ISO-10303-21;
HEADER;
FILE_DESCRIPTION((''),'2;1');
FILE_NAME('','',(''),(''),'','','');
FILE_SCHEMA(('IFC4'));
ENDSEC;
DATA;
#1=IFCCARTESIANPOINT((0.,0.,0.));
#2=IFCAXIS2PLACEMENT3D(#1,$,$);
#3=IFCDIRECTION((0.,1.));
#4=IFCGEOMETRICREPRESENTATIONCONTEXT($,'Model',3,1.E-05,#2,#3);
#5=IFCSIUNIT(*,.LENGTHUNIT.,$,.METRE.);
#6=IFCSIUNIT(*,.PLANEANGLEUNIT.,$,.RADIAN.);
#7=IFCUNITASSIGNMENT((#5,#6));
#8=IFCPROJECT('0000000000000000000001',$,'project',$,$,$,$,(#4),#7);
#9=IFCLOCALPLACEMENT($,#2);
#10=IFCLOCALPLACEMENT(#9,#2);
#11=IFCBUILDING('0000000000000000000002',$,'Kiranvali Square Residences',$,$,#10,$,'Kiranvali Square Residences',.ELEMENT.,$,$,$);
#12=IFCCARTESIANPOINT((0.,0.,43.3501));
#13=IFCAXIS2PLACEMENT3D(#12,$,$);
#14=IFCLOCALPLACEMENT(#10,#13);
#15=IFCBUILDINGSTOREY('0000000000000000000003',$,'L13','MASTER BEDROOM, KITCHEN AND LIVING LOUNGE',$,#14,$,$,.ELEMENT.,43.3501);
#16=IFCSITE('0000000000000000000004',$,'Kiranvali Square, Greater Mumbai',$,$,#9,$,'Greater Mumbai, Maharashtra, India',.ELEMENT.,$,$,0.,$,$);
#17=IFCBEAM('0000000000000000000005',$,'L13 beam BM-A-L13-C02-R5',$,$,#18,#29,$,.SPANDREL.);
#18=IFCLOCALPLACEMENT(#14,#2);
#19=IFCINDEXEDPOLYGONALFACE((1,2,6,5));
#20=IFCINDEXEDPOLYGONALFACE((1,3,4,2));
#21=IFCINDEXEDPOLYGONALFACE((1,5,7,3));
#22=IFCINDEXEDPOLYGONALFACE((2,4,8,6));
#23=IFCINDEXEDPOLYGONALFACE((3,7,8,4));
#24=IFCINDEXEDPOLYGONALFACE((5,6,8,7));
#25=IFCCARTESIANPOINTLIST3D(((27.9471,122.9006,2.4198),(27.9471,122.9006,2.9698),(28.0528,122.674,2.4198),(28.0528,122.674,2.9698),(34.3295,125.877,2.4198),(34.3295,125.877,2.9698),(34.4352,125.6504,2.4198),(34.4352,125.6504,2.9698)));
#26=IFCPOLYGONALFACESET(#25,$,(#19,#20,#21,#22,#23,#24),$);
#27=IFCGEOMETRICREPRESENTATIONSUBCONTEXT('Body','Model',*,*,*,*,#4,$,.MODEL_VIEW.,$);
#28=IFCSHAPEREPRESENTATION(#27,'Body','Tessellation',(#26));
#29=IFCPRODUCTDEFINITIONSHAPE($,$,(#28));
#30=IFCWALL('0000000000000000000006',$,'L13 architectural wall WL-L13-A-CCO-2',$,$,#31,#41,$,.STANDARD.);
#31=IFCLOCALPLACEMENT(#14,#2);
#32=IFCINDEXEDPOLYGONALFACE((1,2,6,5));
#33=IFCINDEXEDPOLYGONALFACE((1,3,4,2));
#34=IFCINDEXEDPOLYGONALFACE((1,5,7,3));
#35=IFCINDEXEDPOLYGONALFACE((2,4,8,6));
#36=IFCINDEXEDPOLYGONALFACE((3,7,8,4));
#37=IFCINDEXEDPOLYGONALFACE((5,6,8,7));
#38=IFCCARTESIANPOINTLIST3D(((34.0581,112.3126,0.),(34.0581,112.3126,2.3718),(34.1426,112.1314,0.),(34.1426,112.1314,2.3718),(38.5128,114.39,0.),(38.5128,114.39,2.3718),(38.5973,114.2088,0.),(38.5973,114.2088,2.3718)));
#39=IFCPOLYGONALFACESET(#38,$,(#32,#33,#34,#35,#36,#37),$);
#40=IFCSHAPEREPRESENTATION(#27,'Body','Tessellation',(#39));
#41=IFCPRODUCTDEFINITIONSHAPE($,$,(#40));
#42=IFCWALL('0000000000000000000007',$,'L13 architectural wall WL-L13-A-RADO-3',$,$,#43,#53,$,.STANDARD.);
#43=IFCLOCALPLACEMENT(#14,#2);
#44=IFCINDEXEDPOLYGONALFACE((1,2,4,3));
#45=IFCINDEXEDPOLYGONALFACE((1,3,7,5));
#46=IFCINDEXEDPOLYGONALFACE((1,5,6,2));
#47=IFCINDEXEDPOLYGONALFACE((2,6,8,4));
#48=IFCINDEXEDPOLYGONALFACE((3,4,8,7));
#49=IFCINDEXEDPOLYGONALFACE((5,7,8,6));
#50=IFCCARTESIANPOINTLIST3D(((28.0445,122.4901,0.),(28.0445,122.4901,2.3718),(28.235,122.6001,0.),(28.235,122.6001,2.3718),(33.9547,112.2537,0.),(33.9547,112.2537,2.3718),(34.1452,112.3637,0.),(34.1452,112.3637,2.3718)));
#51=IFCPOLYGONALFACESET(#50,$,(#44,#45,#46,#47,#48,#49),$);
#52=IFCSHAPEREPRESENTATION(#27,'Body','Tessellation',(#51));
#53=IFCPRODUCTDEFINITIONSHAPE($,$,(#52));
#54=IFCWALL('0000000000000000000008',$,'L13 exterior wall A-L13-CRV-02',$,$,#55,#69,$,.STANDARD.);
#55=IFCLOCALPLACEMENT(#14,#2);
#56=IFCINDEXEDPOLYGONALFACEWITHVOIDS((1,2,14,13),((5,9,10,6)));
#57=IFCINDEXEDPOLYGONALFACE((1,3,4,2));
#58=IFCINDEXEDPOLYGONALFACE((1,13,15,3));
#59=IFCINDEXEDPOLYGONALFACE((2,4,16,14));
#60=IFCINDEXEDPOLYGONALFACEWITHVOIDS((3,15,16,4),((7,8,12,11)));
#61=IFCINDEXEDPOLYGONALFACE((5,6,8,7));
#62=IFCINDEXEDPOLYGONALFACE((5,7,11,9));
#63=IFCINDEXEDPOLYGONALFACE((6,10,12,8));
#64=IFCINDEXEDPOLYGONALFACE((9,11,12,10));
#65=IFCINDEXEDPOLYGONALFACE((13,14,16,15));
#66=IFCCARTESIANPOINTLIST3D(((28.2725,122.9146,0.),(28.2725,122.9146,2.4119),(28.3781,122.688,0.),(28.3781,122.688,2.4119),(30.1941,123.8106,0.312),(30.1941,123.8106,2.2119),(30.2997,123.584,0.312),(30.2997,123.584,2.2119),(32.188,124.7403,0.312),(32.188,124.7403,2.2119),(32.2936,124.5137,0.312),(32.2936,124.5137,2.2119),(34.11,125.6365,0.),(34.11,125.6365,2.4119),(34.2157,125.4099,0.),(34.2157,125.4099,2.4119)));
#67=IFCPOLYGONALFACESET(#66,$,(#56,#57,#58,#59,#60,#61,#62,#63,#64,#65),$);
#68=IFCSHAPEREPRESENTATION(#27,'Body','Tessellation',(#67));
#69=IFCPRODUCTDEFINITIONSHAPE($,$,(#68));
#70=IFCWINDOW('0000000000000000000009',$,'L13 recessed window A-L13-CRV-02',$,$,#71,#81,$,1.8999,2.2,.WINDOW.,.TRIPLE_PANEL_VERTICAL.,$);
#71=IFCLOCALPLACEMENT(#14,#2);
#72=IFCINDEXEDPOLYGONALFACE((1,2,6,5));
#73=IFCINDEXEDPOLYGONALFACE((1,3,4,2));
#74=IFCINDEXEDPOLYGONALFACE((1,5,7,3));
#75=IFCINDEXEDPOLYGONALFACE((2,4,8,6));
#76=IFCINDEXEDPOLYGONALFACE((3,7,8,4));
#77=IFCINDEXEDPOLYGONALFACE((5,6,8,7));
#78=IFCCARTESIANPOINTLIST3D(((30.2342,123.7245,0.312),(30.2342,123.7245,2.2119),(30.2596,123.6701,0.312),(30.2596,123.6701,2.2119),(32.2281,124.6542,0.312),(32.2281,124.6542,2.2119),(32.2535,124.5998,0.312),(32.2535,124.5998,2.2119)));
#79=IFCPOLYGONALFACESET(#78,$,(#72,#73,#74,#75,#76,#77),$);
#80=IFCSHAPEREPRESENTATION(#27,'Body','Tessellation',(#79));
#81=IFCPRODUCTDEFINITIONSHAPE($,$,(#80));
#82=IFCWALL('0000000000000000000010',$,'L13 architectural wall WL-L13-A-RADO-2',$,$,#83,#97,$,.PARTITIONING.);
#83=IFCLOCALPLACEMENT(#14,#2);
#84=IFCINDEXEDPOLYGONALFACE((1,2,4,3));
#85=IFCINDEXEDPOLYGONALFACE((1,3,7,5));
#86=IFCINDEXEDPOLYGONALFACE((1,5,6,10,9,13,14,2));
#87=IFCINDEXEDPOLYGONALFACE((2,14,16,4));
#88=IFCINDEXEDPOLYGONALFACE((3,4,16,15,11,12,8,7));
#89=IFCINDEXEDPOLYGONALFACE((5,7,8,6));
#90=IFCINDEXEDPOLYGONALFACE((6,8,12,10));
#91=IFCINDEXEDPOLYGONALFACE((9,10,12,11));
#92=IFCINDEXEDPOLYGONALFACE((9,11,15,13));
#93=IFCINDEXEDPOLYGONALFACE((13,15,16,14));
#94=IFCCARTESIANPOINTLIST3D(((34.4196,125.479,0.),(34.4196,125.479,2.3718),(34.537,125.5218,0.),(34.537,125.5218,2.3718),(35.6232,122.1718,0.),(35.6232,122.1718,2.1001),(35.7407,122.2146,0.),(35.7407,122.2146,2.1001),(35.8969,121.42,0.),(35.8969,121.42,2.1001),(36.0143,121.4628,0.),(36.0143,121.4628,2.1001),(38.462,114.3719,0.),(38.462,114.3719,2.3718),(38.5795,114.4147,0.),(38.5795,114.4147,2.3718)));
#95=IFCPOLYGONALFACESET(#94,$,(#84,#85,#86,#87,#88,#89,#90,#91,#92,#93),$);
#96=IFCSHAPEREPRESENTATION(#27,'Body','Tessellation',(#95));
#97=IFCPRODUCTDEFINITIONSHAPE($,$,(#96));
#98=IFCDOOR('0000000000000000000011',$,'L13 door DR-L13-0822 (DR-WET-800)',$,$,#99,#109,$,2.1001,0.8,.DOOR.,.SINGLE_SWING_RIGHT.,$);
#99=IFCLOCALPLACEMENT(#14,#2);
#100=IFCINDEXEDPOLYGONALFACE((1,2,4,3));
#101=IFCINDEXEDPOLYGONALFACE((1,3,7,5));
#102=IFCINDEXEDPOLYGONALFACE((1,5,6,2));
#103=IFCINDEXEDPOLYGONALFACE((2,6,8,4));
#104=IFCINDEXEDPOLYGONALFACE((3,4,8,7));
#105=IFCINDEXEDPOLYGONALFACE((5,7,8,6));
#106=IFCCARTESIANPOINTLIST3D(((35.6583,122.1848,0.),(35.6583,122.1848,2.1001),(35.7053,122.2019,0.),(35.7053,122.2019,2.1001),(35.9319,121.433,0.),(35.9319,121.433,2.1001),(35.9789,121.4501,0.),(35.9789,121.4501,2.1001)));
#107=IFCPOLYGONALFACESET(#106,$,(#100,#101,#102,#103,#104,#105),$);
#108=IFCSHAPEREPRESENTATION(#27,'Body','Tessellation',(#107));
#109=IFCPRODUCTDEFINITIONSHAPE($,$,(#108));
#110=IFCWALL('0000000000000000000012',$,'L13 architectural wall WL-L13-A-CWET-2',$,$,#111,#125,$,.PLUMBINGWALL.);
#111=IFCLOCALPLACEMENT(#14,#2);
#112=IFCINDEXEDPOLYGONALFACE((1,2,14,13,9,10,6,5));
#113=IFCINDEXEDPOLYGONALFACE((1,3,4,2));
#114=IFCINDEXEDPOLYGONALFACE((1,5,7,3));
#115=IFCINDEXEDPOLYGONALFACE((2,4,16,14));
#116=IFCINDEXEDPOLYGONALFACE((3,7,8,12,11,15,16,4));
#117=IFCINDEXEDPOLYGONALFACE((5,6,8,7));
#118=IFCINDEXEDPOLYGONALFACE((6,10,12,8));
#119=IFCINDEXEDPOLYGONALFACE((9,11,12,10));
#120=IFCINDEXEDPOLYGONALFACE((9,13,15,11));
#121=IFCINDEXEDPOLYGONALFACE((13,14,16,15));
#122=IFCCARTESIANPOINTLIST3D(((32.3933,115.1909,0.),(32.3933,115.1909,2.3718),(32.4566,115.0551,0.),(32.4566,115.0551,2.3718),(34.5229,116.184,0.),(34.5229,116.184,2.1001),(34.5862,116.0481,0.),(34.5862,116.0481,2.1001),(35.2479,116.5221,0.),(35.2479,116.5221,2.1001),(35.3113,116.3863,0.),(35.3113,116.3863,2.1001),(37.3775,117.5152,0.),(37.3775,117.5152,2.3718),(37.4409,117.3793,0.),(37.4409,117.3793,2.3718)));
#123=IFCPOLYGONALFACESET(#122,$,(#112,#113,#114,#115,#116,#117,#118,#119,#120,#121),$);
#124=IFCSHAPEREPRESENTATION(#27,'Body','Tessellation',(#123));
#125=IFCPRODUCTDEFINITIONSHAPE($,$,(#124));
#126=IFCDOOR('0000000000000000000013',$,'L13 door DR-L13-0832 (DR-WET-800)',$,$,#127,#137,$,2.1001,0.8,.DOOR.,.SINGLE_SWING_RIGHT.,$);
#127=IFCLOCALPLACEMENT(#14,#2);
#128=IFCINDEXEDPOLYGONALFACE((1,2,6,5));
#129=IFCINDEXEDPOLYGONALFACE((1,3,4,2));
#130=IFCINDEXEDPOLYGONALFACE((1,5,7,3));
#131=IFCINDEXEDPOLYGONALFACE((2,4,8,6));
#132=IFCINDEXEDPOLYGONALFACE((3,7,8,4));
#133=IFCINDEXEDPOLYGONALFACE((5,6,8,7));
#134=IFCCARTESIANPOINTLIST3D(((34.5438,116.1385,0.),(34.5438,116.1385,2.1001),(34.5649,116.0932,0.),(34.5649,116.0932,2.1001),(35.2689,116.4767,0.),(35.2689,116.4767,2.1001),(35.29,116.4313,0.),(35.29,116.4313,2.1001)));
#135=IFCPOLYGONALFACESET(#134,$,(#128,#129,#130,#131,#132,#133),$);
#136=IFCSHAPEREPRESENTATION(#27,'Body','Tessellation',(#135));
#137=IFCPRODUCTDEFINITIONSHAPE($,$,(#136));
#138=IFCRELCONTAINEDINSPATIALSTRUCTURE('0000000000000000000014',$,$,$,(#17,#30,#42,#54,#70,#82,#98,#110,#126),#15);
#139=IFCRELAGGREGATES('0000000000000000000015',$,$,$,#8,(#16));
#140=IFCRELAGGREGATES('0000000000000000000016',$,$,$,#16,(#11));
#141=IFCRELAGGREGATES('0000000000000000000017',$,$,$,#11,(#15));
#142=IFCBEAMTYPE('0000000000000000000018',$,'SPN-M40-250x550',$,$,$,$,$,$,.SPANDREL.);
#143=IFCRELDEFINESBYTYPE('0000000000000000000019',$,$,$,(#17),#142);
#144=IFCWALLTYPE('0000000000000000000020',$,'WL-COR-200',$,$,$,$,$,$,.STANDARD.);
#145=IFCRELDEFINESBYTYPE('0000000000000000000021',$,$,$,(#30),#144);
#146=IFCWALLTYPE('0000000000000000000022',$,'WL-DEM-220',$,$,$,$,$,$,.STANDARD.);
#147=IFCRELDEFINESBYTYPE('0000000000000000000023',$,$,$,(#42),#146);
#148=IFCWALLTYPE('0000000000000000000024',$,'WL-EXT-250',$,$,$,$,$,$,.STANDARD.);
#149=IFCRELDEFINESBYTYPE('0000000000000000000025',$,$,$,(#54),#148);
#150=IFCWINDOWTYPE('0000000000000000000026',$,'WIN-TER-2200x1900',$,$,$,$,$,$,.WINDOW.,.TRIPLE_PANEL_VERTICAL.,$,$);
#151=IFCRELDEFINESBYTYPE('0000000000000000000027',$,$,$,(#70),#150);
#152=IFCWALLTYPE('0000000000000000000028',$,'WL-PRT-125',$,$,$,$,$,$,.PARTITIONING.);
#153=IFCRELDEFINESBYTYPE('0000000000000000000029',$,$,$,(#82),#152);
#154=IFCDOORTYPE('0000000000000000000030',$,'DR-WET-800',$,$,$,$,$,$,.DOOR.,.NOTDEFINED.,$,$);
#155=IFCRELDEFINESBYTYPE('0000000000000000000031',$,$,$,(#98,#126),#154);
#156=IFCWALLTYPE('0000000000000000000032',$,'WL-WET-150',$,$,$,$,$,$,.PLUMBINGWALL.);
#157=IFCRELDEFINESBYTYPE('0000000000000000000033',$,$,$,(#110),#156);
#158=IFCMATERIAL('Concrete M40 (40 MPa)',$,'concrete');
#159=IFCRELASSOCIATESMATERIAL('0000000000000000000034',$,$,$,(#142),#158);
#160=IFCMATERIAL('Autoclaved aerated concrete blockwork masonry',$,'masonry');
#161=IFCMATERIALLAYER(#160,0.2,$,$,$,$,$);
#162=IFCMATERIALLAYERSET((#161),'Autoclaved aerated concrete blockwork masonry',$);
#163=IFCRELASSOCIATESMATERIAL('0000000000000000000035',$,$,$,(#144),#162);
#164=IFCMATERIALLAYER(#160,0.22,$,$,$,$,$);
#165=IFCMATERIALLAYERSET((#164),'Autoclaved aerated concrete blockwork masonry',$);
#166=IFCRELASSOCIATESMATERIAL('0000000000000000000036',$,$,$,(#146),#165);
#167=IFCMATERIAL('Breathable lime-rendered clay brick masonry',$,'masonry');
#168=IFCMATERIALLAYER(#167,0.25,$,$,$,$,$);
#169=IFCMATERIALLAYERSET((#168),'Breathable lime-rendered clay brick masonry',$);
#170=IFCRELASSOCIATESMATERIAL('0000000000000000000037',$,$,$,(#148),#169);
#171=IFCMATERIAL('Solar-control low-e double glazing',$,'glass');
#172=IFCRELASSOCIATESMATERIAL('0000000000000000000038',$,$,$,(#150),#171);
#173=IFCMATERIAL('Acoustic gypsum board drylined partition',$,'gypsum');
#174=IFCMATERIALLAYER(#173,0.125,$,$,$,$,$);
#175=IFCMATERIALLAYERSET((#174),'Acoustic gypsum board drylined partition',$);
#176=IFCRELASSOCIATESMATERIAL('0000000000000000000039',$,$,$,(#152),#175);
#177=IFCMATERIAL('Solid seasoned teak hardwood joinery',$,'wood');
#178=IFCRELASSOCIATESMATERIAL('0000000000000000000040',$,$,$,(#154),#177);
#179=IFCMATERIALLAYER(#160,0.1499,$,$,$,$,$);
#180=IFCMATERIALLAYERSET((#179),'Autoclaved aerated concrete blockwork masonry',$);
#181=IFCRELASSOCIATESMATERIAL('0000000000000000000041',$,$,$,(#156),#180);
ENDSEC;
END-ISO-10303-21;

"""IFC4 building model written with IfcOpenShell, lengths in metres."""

from ifc_helpers import new_model, si_unit, direction, frame, frame_2d, origin, origin_2d, place, context, subcontext, project, spatial, rectangle, extrude, material, layer, layer_set, material_profile, profile_set, type_object, element, fill, save


model = new_model("IFC4")

# Units and contexts
model_context = context("Model", 3, precision=1e-05, world=origin(), true_north=direction((0.0, 1.0)))
body_context = subcontext(model_context, "Body", "Model", "MODEL_VIEW")
ifc_project = project(units=[si_unit("LENGTHUNIT", "METRE"), si_unit("PLANEANGLEUNIT", "RADIAN")], contexts=[model_context])

# Site, building, storey
site_placement = place(None, origin())
site = spatial("IfcSite", under=ifc_project, at=site_placement, Name="Kiranvali Square, Greater Mumbai", LongName="Greater Mumbai, Maharashtra, India", CompositionType="ELEMENT", RefElevation=0.0)
building_placement = place(site_placement, origin())
building = spatial("IfcBuilding", under=site, at=building_placement, Name="Kiranvali Square Residences", LongName="Kiranvali Square Residences", CompositionType="ELEMENT")
storey_placement = place(building_placement, frame((0.0, 0.0, 43.3501)))
storey = spatial("IfcBuildingStorey", under=building, at=storey_placement, Name="L13", Description="MASTER BEDROOM, KITCHEN AND LIVING LOUNGE", CompositionType="ELEMENT", Elevation=43.3501)

# Shared definitions
ifc_material_1 = material(Name="Concrete M40 (40 MPa)", Category="concrete")

# Beam
ifc_material_profile_1 = material_profile(ifc_material_1, rectangle(XDim=0.25, YDim=0.55, at=origin_2d()), Name="RC 250x550")
ifc_profile_set_1 = profile_set([ifc_material_profile_1], Name="Concrete M40 (40 MPa)")
beam_type_1 = type_object("IfcBeamType", Name="SPN-M40-250x550", PredefinedType="SPANDREL", material=ifc_profile_set_1)
beam_1_placement = place(storey_placement, frame((34.3823, 125.7637, 2.6948), z_axis=(-0.906297, -0.422641, 0.0), x_axis=(0.422641, -0.906297, 0.0)))
element("IfcBeam", 1, at=beam_1_placement, inside=storey, type_object=beam_type_1, Name="L13 beam BM-A-L13-C02-R5", PredefinedType="SPANDREL", context=body_context, shape_type="SweptSolid", body=[
    extrude(rectangle(XDim=0.25, YDim=0.55, at=origin_2d()), origin(), (0.0, 0.0, 1.0), 7.0422),
])

# Wall
ifc_material_2 = material(Name="Autoclaved aerated concrete blockwork masonry", Category="masonry")
ifc_layer_1 = layer(ifc_material_2, 0.2)
ifc_layer_set_1 = layer_set([ifc_layer_1], Name="Autoclaved aerated concrete blockwork masonry")
wall_type_1 = type_object("IfcWallType", Name="WL-COR-200", PredefinedType="STANDARD", material=ifc_layer_set_1)
wall_1_placement = place(storey_placement, frame((38.5549, 114.2993, 0.0), z_axis=(0.0, 0.0, 1.0), x_axis=(-0.906302, -0.42263, 0.0)))
element("IfcWall", 2, at=wall_1_placement, inside=storey, type_object=wall_type_1, Name="L13 architectural wall WL-L13-A-CCO-2", PredefinedType="STANDARD", context=body_context, shape_type="SweptSolid", body=[
    extrude(rectangle(XDim=4.9153, YDim=0.2, at=frame_2d((2.4575, 0.0))), origin(), (0.0, 0.0, 1.0), 2.3718),
])

# Wall
ifc_layer_2 = layer(ifc_material_2, 0.22)
ifc_layer_set_2 = layer_set([ifc_layer_2], Name="Autoclaved aerated concrete blockwork masonry")
wall_type_2 = type_object("IfcWallType", Name="WL-DEM-220", PredefinedType="STANDARD", material=ifc_layer_set_2)
wall_2_placement = place(storey_placement, frame((34.05, 112.3086, 0.0), z_axis=(0.0, 0.0, 1.0), x_axis=(-0.500013, 0.866018, 0.0)))
element("IfcWall", 3, at=wall_2_placement, inside=storey, type_object=wall_type_2, Name="L13 architectural wall WL-L13-A-RADO-3", PredefinedType="STANDARD", context=body_context, shape_type="SweptSolid", body=[
    extrude(rectangle(XDim=11.8201, YDim=0.22, at=frame_2d((5.9102, 0.0))), origin(), (0.0, 0.0, 1.0), 2.3718),
])

# Wall, opening, window
ifc_material_3 = material(Name="Breathable lime-rendered clay brick masonry", Category="masonry")
ifc_layer_3 = layer(ifc_material_3, 0.25)
ifc_layer_set_3 = layer_set([ifc_layer_3], Name="Breathable lime-rendered clay brick masonry")
wall_type_3 = type_object("IfcWallType", Name="WL-EXT-250", PredefinedType="STANDARD", material=ifc_layer_set_3)
wall_3_placement = place(storey_placement, frame((34.1628, 125.5232, 0.0), z_axis=(0.0, 0.0, 1.0), x_axis=(-0.906321, -0.422591, 0.0)))
wall_3 = element("IfcWall", 4, at=wall_3_placement, inside=storey, type_object=wall_type_3, Name="L13 exterior wall A-L13-CRV-02", PredefinedType="STANDARD", context=body_context, shape_type="SweptSolid", body=[
    extrude(rectangle(XDim=6.4409, YDim=0.25, at=frame_2d((3.2205, 0.0))), origin(), (0.0, 0.0, 1.0), 2.4119),
])
opening_1_placement = place(wall_3_placement, frame((2.1206, 0.0, 0.312)))
opening_1 = element("IfcOpeningElement", 5, at=opening_1_placement, cuts=wall_3, PredefinedType="OPENING", context=body_context, shape_type="SweptSolid", body=[
    extrude(rectangle(XDim=2.2, YDim=1.8999, at=frame_2d((1.1001, 0.95))), frame((0.0, 0.135, 0.0), z_axis=(0.0, -1.0, 0.0), x_axis=(1.0, 0.0, 0.0)), (0.0, 0.0, 1.0), 0.27),
])
ifc_material_4 = material(Name="Solar-control low-e double glazing", Category="glass")
window_type = type_object("IfcWindowType", Name="WIN-TER-2200x1900", PartitioningType="TRIPLE_PANEL_VERTICAL", PredefinedType="WINDOW", material=ifc_material_4)
window_placement = place(opening_1_placement, origin())
window = element("IfcWindow", 6, at=window_placement, inside=storey, type_object=window_type, Name="L13 recessed window A-L13-CRV-02", OverallHeight=1.8999, OverallWidth=2.2, PartitioningType="TRIPLE_PANEL_VERTICAL", PredefinedType="WINDOW", context=body_context, shape_type="SweptSolid", body=[
    extrude(rectangle(XDim=2.2, YDim=1.8999, at=frame_2d((1.1001, 0.95))), frame((0.0, 0.03, 0.0), z_axis=(0.0, -1.0, 0.0), x_axis=(1.0, 0.0, 0.0)), (0.0, 0.0, 1.0), 0.0601),
])
fill(opening_1, window)

# Walls, openings, doors
ifc_material_5 = material(Name="Acoustic gypsum board drylined partition", Category="gypsum")
ifc_layer_4 = layer(ifc_material_5, 0.125)
ifc_layer_set_4 = layer_set([ifc_layer_4], Name="Acoustic gypsum board drylined partition")
wall_type_4 = type_object("IfcWallType", Name="WL-PRT-125", PredefinedType="PARTITIONING", material=ifc_layer_set_4)
wall_4_placement = place(storey_placement, frame((38.5208, 114.3933, 0.0), z_axis=(0.0, 0.0, 1.0), x_axis=(-0.342005, 0.939698, 0.0)))
wall_4 = element("IfcWall", 7, at=wall_4_placement, inside=storey, type_object=wall_type_4, Name="L13 architectural wall WL-L13-A-RADO-2", PredefinedType="PARTITIONING", context=body_context, shape_type="SweptSolid", body=[
    extrude(rectangle(XDim=11.8198, YDim=0.125, at=frame_2d((5.9099, 0.0))), origin(), (0.0, 0.0, 1.0), 2.3718),
])
opening_2_placement = place(wall_4_placement, frame((7.5005, 0.0, 0.0)))
opening_2 = element("IfcOpeningElement", 8, at=opening_2_placement, cuts=wall_4, PredefinedType="OPENING", context=body_context, shape_type="SweptSolid", body=[
    extrude(rectangle(XDim=0.8, YDim=2.1001, at=frame_2d((0.3999, 1.05))), frame((0.0, 0.0725, 0.0), z_axis=(0.0, -1.0, 0.0), x_axis=(1.0, 0.0, 0.0)), (0.0, 0.0, 1.0), 0.145),
])
ifc_material_6 = material(Name="Solid seasoned teak hardwood joinery", Category="wood")
door_type_1 = type_object("IfcDoorType", Name="DR-WET-800", OperationType="NOTDEFINED", PredefinedType="DOOR", material=ifc_material_6)
door_1_placement = place(opening_2_placement, frame((0.8, 0.0, 0.0), z_axis=(0.0, 0.0, 1.0), x_axis=(-1.0, 0.0, 0.0)))
door_1 = element("IfcDoor", 9, at=door_1_placement, inside=storey, type_object=door_type_1, Name="L13 door DR-L13-0822 (DR-WET-800)", OperationType="SINGLE_SWING_RIGHT", OverallHeight=2.1001, OverallWidth=0.8, PredefinedType="DOOR", context=body_context, shape_type="SweptSolid", body=[
    extrude(rectangle(XDim=0.8, YDim=2.1001, at=frame_2d((0.3999, 1.05))), frame((0.0, 0.0249, 0.0), z_axis=(0.0, -1.0, 0.0), x_axis=(1.0, 0.0, 0.0)), (0.0, 0.0, 1.0), 0.05),
])
fill(opening_2, door_1)
ifc_layer_5 = layer(ifc_material_2, 0.1499)
ifc_layer_set_5 = layer_set([ifc_layer_5], Name="Autoclaved aerated concrete blockwork masonry")
wall_type_5 = type_object("IfcWallType", Name="WL-WET-150", PredefinedType="PLUMBINGWALL", material=ifc_layer_set_5)
wall_5_placement = place(storey_placement, frame((37.4092, 117.4473, 0.0), z_axis=(0.0, 0.0, 1.0), x_axis=(-0.906302, -0.42263, 0.0)))
wall_5 = element("IfcWall", 10, at=wall_5_placement, inside=storey, type_object=wall_type_5, Name="L13 architectural wall WL-L13-A-CWET-2", PredefinedType="PLUMBINGWALL", context=body_context, shape_type="SweptSolid", body=[
    extrude(rectangle(XDim=5.4995, YDim=0.1499, at=frame_2d((2.7498, 0.0))), origin(), (0.0, 0.0, 1.0), 2.3718),
])
opening_3_placement = place(wall_5_placement, frame((2.3499, 0.0, 0.0)))
opening_3 = element("IfcOpeningElement", 11, at=opening_3_placement, cuts=wall_5, PredefinedType="OPENING", context=body_context, shape_type="SweptSolid", body=[
    extrude(rectangle(XDim=0.8, YDim=2.1001, at=frame_2d((0.3999, 1.05))), frame((0.0, 0.085, 0.0), z_axis=(0.0, -1.0, 0.0), x_axis=(1.0, 0.0, 0.0)), (0.0, 0.0, 1.0), 0.1699),
])
door_2_placement = place(opening_3_placement, frame((0.8, 0.0, 0.0), z_axis=(0.0, 0.0, 1.0), x_axis=(-1.0, 0.0, 0.0)))
door_2 = element("IfcDoor", 12, at=door_2_placement, inside=storey, type_object=door_type_1, Name="L13 door DR-L13-0832 (DR-WET-800)", OperationType="SINGLE_SWING_RIGHT", OverallHeight=2.1001, OverallWidth=0.8, PredefinedType="DOOR", context=body_context, shape_type="SweptSolid", body=[
    extrude(rectangle(XDim=0.8, YDim=2.1001, at=frame_2d((0.3999, 1.05))), frame((0.0, 0.0249, 0.0), z_axis=(0.0, -1.0, 0.0), x_axis=(1.0, 0.0, 0.0)), (0.0, 0.0, 1.0), 0.05),
])
fill(opening_3, door_2)

save(model, "model.ifc")
